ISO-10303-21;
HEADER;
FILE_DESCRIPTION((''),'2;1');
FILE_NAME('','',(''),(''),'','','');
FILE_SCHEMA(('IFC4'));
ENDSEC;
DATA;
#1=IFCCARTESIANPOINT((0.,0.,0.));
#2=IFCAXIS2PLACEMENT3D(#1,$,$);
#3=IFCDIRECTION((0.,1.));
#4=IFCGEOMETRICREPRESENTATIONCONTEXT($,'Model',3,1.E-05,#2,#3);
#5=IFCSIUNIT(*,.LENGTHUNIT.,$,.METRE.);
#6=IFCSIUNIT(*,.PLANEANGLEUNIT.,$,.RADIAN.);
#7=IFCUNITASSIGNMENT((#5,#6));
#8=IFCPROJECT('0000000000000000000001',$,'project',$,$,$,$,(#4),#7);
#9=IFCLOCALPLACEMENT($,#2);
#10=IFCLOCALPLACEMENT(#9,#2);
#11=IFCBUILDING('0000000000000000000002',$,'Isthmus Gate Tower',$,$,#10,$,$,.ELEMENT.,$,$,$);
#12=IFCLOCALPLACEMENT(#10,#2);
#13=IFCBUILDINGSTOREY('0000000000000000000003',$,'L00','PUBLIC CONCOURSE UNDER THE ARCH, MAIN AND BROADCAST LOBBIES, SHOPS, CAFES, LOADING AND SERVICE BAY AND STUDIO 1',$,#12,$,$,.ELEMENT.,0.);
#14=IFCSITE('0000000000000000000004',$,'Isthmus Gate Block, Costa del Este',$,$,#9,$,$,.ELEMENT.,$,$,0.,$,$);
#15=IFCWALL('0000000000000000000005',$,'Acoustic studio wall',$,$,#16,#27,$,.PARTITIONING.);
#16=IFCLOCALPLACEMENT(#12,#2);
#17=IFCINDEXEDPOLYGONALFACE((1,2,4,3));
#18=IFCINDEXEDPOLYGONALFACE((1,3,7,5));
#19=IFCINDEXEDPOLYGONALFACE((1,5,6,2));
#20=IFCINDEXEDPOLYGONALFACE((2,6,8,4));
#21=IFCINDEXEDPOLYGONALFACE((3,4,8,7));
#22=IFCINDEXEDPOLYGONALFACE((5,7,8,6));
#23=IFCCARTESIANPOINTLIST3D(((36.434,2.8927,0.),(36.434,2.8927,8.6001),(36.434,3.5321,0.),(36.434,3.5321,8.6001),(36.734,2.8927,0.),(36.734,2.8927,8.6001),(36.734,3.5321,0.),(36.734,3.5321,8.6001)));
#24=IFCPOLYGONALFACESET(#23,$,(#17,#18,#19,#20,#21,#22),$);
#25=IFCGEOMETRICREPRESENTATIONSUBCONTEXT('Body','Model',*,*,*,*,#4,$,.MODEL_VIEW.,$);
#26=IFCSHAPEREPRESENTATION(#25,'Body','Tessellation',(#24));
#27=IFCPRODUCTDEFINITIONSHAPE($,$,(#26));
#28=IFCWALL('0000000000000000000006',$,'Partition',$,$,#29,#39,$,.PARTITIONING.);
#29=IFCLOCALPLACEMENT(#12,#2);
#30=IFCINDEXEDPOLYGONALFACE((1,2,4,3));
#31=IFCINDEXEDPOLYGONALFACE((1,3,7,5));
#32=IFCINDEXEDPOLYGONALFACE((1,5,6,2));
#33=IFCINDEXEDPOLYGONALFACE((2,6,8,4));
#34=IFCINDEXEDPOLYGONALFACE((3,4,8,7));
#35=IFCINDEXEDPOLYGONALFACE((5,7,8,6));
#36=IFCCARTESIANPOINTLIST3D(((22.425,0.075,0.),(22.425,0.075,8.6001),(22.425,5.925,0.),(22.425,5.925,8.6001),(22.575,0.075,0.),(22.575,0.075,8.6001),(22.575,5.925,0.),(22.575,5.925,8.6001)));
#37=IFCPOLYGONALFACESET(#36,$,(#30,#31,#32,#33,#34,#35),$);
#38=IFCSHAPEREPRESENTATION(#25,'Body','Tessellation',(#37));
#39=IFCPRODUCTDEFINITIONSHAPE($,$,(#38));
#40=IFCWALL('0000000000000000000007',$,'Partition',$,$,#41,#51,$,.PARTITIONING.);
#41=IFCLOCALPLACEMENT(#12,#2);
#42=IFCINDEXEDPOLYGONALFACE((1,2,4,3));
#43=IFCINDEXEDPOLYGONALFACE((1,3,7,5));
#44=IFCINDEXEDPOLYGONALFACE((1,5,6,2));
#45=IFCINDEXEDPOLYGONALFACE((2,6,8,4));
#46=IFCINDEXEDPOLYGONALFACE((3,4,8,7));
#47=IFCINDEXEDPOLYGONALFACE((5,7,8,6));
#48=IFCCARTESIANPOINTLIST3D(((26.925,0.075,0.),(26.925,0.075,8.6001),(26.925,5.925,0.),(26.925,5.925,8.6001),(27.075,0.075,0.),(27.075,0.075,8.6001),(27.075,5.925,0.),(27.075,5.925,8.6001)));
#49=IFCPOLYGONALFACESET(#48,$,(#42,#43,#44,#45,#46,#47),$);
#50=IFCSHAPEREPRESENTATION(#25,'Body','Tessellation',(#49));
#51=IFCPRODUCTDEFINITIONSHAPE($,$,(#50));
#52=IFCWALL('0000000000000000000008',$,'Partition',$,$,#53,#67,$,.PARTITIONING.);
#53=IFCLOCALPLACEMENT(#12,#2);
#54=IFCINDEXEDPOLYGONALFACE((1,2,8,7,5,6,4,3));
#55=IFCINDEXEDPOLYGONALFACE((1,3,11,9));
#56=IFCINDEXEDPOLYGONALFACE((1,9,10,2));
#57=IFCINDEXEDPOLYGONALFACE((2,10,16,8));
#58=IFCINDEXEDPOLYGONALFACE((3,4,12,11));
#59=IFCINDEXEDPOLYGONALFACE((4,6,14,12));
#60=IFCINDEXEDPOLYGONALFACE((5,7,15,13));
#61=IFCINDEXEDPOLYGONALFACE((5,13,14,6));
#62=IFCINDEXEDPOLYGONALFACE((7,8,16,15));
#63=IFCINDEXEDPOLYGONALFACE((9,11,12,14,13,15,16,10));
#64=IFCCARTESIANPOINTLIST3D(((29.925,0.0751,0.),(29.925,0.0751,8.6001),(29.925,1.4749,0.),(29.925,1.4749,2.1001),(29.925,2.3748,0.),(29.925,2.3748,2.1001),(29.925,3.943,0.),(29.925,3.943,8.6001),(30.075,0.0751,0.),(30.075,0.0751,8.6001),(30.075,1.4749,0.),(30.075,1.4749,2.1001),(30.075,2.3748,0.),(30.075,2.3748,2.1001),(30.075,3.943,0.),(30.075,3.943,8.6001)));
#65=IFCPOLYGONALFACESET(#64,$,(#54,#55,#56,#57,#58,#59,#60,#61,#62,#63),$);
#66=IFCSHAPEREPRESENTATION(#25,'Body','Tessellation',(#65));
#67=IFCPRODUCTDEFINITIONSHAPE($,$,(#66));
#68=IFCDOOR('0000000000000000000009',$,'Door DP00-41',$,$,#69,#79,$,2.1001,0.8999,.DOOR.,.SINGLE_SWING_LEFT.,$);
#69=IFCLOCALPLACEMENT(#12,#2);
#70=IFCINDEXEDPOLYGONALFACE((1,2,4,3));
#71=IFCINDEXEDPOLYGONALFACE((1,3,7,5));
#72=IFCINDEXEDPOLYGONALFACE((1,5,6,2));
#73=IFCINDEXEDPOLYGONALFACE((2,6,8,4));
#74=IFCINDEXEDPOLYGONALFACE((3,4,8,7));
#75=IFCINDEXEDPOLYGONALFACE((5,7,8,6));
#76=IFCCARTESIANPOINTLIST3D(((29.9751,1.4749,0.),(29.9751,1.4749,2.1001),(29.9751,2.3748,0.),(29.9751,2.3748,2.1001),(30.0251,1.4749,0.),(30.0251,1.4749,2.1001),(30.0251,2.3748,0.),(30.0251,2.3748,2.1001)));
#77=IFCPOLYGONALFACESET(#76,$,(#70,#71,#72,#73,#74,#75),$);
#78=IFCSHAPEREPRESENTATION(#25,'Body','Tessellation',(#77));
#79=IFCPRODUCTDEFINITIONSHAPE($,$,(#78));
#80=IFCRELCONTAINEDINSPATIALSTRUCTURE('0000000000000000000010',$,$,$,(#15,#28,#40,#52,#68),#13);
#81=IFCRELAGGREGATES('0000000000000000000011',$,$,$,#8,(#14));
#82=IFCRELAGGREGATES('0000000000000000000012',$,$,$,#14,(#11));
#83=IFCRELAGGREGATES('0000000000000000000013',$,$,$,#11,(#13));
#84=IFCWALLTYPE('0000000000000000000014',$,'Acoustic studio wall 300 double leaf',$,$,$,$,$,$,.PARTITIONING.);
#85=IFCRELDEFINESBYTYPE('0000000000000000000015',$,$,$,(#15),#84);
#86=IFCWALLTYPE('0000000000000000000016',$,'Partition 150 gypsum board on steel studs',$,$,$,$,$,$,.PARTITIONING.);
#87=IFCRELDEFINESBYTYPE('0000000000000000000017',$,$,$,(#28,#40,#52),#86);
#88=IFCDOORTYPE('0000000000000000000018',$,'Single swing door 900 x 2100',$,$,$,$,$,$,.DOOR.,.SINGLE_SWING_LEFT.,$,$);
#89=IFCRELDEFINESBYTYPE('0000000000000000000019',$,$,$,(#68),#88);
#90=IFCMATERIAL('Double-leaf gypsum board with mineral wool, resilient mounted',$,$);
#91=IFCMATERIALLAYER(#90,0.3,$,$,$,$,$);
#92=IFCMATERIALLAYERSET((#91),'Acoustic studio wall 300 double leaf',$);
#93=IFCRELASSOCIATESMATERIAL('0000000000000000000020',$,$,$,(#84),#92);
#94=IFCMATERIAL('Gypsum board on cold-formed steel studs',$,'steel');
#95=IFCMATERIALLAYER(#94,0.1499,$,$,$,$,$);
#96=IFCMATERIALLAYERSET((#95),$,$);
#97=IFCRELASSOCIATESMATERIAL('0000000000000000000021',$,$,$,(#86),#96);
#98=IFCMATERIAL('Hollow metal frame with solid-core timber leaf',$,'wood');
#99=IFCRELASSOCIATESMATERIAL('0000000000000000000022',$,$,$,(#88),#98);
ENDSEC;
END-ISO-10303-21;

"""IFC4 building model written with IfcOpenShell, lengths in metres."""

from ifc_helpers import new_model, si_unit, direction, frame, frame_2d, origin, place, context, subcontext, project, spatial, rectangle, extrude, material, layer, layer_set, type_object, element, fill, save


model = new_model("IFC4")

# Units and contexts
model_context = context("Model", 3, precision=1e-05, world=origin(), true_north=direction((0.0, 1.0)))
body_context = subcontext(model_context, "Body", "Model", "MODEL_VIEW")
ifc_project = project(units=[si_unit("LENGTHUNIT", "METRE"), si_unit("PLANEANGLEUNIT", "RADIAN")], contexts=[model_context])

# Site, building, storey
site_placement = place(None, origin())
site = spatial("IfcSite", under=ifc_project, at=site_placement, Name="Isthmus Gate Block, Costa del Este", CompositionType="ELEMENT", RefElevation=0.0)
building_placement = place(site_placement, origin())
building = spatial("IfcBuilding", under=site, at=building_placement, Name="Isthmus Gate Tower", CompositionType="ELEMENT")
storey_placement = place(building_placement, origin())
storey = spatial("IfcBuildingStorey", under=building, at=storey_placement, Name="L00", Description="PUBLIC CONCOURSE UNDER THE ARCH, MAIN AND BROADCAST LOBBIES, SHOPS, CAFES, LOADING AND SERVICE BAY AND STUDIO 1", CompositionType="ELEMENT", Elevation=0.0)

# Walls
ifc_material_1 = material(Name="Double-leaf gypsum board with mineral wool, resilient mounted")
ifc_layer_1 = layer(ifc_material_1, 0.3)
ifc_layer_set_1 = layer_set([ifc_layer_1], Name="Acoustic studio wall 300 double leaf")
wall_type_1 = type_object("IfcWallType", Name="Acoustic studio wall 300 double leaf", PredefinedType="PARTITIONING", material=ifc_layer_set_1)
wall_1_placement = place(storey_placement, frame((36.584, 2.8926, 0.0), z_axis=(0.0, 0.0, 1.0), x_axis=(0.0, 1.0, 0.0)))
element("IfcWall", 1, at=wall_1_placement, inside=storey, type_object=wall_type_1, Name="Acoustic studio wall", PredefinedType="PARTITIONING", context=body_context, shape_type="SweptSolid", body=[
    extrude(rectangle(XDim=0.6394, YDim=0.3, at=frame_2d((0.3198, 0.0))), origin(), (0.0, 0.0, 1.0), 8.6001),
])
ifc_material_2 = material(Name="Gypsum board on cold-formed steel studs", Category="steel")
ifc_layer_2 = layer(ifc_material_2, 0.1499)
ifc_layer_set_2 = layer_set([ifc_layer_2])
wall_type_2 = type_object("IfcWallType", Name="Partition 150 gypsum board on steel studs", PredefinedType="PARTITIONING", material=ifc_layer_set_2)
for number, where, z_axis, x_axis, name in (
    (2, (22.5, 0.075, 0.0), (0.0, 0.0, 1.0), (0.0, 1.0, 0.0), "Partition"),
    (3, (27.0, 0.075, 0.0), (0.0, 0.0, 1.0), (0.0, 1.0, 0.0), "Partition"),
):
    element("IfcWall", number, at=place(storey_placement, frame(where, z_axis=z_axis, x_axis=x_axis)), inside=storey, type_object=wall_type_2, Name=name, PredefinedType="PARTITIONING", context=body_context, shape_type="SweptSolid", body=[
        extrude(rectangle(XDim=5.8501, YDim=0.1499, at=frame_2d((2.925, 0.0))), origin(), (0.0, 0.0, 1.0), 8.6001),
    ])

# Wall, opening, door
wall_2_placement = place(storey_placement, frame((30.0, 0.075, 0.0), z_axis=(0.0, 0.0, 1.0), x_axis=(0.0, 1.0, 0.0)))
wall_2 = element("IfcWall", 4, at=wall_2_placement, inside=storey, type_object=wall_type_2, Name="Partition", PredefinedType="PARTITIONING", context=body_context, shape_type="SweptSolid", body=[
    extrude(rectangle(XDim=3.8679, YDim=0.1499, at=frame_2d((1.9341, 0.0))), origin(), (0.0, 0.0, 1.0), 8.6001),
])
opening_placement = place(wall_2_placement, frame((1.3999, 0.0, 0.0)))
opening = element("IfcOpeningElement", 5, at=opening_placement, cuts=wall_2, PredefinedType="OPENING", context=body_context, shape_type="SweptSolid", body=[
    extrude(rectangle(XDim=0.8999, YDim=2.1001, at=frame_2d((0.45, 1.05))), frame((0.0, 0.085, 0.0), z_axis=(0.0, -1.0, 0.0), x_axis=(1.0, 0.0, 0.0)), (0.0, 0.0, 1.0), 0.1699),
])
ifc_material_3 = material(Name="Hollow metal frame with solid-core timber leaf", Category="wood")
door_type = type_object("IfcDoorType", Name="Single swing door 900 x 2100", OperationType="SINGLE_SWING_LEFT", PredefinedType="DOOR", material=ifc_material_3)
door_placement = place(opening_placement, origin())
door = element("IfcDoor", 6, at=door_placement, inside=storey, type_object=door_type, Name="Door DP00-41", OperationType="SINGLE_SWING_LEFT", OverallHeight=2.1001, OverallWidth=0.8999, PredefinedType="DOOR", context=body_context, shape_type="SweptSolid", body=[
    extrude(rectangle(XDim=0.8999, YDim=2.1001, at=frame_2d((0.45, 1.05))), frame((0.0, 0.0249, 0.0), z_axis=(0.0, -1.0, 0.0), x_axis=(1.0, 0.0, 0.0)), (0.0, 0.0, 1.0), 0.05),
])
fill(opening, door)

save(model, "model.ifc")
